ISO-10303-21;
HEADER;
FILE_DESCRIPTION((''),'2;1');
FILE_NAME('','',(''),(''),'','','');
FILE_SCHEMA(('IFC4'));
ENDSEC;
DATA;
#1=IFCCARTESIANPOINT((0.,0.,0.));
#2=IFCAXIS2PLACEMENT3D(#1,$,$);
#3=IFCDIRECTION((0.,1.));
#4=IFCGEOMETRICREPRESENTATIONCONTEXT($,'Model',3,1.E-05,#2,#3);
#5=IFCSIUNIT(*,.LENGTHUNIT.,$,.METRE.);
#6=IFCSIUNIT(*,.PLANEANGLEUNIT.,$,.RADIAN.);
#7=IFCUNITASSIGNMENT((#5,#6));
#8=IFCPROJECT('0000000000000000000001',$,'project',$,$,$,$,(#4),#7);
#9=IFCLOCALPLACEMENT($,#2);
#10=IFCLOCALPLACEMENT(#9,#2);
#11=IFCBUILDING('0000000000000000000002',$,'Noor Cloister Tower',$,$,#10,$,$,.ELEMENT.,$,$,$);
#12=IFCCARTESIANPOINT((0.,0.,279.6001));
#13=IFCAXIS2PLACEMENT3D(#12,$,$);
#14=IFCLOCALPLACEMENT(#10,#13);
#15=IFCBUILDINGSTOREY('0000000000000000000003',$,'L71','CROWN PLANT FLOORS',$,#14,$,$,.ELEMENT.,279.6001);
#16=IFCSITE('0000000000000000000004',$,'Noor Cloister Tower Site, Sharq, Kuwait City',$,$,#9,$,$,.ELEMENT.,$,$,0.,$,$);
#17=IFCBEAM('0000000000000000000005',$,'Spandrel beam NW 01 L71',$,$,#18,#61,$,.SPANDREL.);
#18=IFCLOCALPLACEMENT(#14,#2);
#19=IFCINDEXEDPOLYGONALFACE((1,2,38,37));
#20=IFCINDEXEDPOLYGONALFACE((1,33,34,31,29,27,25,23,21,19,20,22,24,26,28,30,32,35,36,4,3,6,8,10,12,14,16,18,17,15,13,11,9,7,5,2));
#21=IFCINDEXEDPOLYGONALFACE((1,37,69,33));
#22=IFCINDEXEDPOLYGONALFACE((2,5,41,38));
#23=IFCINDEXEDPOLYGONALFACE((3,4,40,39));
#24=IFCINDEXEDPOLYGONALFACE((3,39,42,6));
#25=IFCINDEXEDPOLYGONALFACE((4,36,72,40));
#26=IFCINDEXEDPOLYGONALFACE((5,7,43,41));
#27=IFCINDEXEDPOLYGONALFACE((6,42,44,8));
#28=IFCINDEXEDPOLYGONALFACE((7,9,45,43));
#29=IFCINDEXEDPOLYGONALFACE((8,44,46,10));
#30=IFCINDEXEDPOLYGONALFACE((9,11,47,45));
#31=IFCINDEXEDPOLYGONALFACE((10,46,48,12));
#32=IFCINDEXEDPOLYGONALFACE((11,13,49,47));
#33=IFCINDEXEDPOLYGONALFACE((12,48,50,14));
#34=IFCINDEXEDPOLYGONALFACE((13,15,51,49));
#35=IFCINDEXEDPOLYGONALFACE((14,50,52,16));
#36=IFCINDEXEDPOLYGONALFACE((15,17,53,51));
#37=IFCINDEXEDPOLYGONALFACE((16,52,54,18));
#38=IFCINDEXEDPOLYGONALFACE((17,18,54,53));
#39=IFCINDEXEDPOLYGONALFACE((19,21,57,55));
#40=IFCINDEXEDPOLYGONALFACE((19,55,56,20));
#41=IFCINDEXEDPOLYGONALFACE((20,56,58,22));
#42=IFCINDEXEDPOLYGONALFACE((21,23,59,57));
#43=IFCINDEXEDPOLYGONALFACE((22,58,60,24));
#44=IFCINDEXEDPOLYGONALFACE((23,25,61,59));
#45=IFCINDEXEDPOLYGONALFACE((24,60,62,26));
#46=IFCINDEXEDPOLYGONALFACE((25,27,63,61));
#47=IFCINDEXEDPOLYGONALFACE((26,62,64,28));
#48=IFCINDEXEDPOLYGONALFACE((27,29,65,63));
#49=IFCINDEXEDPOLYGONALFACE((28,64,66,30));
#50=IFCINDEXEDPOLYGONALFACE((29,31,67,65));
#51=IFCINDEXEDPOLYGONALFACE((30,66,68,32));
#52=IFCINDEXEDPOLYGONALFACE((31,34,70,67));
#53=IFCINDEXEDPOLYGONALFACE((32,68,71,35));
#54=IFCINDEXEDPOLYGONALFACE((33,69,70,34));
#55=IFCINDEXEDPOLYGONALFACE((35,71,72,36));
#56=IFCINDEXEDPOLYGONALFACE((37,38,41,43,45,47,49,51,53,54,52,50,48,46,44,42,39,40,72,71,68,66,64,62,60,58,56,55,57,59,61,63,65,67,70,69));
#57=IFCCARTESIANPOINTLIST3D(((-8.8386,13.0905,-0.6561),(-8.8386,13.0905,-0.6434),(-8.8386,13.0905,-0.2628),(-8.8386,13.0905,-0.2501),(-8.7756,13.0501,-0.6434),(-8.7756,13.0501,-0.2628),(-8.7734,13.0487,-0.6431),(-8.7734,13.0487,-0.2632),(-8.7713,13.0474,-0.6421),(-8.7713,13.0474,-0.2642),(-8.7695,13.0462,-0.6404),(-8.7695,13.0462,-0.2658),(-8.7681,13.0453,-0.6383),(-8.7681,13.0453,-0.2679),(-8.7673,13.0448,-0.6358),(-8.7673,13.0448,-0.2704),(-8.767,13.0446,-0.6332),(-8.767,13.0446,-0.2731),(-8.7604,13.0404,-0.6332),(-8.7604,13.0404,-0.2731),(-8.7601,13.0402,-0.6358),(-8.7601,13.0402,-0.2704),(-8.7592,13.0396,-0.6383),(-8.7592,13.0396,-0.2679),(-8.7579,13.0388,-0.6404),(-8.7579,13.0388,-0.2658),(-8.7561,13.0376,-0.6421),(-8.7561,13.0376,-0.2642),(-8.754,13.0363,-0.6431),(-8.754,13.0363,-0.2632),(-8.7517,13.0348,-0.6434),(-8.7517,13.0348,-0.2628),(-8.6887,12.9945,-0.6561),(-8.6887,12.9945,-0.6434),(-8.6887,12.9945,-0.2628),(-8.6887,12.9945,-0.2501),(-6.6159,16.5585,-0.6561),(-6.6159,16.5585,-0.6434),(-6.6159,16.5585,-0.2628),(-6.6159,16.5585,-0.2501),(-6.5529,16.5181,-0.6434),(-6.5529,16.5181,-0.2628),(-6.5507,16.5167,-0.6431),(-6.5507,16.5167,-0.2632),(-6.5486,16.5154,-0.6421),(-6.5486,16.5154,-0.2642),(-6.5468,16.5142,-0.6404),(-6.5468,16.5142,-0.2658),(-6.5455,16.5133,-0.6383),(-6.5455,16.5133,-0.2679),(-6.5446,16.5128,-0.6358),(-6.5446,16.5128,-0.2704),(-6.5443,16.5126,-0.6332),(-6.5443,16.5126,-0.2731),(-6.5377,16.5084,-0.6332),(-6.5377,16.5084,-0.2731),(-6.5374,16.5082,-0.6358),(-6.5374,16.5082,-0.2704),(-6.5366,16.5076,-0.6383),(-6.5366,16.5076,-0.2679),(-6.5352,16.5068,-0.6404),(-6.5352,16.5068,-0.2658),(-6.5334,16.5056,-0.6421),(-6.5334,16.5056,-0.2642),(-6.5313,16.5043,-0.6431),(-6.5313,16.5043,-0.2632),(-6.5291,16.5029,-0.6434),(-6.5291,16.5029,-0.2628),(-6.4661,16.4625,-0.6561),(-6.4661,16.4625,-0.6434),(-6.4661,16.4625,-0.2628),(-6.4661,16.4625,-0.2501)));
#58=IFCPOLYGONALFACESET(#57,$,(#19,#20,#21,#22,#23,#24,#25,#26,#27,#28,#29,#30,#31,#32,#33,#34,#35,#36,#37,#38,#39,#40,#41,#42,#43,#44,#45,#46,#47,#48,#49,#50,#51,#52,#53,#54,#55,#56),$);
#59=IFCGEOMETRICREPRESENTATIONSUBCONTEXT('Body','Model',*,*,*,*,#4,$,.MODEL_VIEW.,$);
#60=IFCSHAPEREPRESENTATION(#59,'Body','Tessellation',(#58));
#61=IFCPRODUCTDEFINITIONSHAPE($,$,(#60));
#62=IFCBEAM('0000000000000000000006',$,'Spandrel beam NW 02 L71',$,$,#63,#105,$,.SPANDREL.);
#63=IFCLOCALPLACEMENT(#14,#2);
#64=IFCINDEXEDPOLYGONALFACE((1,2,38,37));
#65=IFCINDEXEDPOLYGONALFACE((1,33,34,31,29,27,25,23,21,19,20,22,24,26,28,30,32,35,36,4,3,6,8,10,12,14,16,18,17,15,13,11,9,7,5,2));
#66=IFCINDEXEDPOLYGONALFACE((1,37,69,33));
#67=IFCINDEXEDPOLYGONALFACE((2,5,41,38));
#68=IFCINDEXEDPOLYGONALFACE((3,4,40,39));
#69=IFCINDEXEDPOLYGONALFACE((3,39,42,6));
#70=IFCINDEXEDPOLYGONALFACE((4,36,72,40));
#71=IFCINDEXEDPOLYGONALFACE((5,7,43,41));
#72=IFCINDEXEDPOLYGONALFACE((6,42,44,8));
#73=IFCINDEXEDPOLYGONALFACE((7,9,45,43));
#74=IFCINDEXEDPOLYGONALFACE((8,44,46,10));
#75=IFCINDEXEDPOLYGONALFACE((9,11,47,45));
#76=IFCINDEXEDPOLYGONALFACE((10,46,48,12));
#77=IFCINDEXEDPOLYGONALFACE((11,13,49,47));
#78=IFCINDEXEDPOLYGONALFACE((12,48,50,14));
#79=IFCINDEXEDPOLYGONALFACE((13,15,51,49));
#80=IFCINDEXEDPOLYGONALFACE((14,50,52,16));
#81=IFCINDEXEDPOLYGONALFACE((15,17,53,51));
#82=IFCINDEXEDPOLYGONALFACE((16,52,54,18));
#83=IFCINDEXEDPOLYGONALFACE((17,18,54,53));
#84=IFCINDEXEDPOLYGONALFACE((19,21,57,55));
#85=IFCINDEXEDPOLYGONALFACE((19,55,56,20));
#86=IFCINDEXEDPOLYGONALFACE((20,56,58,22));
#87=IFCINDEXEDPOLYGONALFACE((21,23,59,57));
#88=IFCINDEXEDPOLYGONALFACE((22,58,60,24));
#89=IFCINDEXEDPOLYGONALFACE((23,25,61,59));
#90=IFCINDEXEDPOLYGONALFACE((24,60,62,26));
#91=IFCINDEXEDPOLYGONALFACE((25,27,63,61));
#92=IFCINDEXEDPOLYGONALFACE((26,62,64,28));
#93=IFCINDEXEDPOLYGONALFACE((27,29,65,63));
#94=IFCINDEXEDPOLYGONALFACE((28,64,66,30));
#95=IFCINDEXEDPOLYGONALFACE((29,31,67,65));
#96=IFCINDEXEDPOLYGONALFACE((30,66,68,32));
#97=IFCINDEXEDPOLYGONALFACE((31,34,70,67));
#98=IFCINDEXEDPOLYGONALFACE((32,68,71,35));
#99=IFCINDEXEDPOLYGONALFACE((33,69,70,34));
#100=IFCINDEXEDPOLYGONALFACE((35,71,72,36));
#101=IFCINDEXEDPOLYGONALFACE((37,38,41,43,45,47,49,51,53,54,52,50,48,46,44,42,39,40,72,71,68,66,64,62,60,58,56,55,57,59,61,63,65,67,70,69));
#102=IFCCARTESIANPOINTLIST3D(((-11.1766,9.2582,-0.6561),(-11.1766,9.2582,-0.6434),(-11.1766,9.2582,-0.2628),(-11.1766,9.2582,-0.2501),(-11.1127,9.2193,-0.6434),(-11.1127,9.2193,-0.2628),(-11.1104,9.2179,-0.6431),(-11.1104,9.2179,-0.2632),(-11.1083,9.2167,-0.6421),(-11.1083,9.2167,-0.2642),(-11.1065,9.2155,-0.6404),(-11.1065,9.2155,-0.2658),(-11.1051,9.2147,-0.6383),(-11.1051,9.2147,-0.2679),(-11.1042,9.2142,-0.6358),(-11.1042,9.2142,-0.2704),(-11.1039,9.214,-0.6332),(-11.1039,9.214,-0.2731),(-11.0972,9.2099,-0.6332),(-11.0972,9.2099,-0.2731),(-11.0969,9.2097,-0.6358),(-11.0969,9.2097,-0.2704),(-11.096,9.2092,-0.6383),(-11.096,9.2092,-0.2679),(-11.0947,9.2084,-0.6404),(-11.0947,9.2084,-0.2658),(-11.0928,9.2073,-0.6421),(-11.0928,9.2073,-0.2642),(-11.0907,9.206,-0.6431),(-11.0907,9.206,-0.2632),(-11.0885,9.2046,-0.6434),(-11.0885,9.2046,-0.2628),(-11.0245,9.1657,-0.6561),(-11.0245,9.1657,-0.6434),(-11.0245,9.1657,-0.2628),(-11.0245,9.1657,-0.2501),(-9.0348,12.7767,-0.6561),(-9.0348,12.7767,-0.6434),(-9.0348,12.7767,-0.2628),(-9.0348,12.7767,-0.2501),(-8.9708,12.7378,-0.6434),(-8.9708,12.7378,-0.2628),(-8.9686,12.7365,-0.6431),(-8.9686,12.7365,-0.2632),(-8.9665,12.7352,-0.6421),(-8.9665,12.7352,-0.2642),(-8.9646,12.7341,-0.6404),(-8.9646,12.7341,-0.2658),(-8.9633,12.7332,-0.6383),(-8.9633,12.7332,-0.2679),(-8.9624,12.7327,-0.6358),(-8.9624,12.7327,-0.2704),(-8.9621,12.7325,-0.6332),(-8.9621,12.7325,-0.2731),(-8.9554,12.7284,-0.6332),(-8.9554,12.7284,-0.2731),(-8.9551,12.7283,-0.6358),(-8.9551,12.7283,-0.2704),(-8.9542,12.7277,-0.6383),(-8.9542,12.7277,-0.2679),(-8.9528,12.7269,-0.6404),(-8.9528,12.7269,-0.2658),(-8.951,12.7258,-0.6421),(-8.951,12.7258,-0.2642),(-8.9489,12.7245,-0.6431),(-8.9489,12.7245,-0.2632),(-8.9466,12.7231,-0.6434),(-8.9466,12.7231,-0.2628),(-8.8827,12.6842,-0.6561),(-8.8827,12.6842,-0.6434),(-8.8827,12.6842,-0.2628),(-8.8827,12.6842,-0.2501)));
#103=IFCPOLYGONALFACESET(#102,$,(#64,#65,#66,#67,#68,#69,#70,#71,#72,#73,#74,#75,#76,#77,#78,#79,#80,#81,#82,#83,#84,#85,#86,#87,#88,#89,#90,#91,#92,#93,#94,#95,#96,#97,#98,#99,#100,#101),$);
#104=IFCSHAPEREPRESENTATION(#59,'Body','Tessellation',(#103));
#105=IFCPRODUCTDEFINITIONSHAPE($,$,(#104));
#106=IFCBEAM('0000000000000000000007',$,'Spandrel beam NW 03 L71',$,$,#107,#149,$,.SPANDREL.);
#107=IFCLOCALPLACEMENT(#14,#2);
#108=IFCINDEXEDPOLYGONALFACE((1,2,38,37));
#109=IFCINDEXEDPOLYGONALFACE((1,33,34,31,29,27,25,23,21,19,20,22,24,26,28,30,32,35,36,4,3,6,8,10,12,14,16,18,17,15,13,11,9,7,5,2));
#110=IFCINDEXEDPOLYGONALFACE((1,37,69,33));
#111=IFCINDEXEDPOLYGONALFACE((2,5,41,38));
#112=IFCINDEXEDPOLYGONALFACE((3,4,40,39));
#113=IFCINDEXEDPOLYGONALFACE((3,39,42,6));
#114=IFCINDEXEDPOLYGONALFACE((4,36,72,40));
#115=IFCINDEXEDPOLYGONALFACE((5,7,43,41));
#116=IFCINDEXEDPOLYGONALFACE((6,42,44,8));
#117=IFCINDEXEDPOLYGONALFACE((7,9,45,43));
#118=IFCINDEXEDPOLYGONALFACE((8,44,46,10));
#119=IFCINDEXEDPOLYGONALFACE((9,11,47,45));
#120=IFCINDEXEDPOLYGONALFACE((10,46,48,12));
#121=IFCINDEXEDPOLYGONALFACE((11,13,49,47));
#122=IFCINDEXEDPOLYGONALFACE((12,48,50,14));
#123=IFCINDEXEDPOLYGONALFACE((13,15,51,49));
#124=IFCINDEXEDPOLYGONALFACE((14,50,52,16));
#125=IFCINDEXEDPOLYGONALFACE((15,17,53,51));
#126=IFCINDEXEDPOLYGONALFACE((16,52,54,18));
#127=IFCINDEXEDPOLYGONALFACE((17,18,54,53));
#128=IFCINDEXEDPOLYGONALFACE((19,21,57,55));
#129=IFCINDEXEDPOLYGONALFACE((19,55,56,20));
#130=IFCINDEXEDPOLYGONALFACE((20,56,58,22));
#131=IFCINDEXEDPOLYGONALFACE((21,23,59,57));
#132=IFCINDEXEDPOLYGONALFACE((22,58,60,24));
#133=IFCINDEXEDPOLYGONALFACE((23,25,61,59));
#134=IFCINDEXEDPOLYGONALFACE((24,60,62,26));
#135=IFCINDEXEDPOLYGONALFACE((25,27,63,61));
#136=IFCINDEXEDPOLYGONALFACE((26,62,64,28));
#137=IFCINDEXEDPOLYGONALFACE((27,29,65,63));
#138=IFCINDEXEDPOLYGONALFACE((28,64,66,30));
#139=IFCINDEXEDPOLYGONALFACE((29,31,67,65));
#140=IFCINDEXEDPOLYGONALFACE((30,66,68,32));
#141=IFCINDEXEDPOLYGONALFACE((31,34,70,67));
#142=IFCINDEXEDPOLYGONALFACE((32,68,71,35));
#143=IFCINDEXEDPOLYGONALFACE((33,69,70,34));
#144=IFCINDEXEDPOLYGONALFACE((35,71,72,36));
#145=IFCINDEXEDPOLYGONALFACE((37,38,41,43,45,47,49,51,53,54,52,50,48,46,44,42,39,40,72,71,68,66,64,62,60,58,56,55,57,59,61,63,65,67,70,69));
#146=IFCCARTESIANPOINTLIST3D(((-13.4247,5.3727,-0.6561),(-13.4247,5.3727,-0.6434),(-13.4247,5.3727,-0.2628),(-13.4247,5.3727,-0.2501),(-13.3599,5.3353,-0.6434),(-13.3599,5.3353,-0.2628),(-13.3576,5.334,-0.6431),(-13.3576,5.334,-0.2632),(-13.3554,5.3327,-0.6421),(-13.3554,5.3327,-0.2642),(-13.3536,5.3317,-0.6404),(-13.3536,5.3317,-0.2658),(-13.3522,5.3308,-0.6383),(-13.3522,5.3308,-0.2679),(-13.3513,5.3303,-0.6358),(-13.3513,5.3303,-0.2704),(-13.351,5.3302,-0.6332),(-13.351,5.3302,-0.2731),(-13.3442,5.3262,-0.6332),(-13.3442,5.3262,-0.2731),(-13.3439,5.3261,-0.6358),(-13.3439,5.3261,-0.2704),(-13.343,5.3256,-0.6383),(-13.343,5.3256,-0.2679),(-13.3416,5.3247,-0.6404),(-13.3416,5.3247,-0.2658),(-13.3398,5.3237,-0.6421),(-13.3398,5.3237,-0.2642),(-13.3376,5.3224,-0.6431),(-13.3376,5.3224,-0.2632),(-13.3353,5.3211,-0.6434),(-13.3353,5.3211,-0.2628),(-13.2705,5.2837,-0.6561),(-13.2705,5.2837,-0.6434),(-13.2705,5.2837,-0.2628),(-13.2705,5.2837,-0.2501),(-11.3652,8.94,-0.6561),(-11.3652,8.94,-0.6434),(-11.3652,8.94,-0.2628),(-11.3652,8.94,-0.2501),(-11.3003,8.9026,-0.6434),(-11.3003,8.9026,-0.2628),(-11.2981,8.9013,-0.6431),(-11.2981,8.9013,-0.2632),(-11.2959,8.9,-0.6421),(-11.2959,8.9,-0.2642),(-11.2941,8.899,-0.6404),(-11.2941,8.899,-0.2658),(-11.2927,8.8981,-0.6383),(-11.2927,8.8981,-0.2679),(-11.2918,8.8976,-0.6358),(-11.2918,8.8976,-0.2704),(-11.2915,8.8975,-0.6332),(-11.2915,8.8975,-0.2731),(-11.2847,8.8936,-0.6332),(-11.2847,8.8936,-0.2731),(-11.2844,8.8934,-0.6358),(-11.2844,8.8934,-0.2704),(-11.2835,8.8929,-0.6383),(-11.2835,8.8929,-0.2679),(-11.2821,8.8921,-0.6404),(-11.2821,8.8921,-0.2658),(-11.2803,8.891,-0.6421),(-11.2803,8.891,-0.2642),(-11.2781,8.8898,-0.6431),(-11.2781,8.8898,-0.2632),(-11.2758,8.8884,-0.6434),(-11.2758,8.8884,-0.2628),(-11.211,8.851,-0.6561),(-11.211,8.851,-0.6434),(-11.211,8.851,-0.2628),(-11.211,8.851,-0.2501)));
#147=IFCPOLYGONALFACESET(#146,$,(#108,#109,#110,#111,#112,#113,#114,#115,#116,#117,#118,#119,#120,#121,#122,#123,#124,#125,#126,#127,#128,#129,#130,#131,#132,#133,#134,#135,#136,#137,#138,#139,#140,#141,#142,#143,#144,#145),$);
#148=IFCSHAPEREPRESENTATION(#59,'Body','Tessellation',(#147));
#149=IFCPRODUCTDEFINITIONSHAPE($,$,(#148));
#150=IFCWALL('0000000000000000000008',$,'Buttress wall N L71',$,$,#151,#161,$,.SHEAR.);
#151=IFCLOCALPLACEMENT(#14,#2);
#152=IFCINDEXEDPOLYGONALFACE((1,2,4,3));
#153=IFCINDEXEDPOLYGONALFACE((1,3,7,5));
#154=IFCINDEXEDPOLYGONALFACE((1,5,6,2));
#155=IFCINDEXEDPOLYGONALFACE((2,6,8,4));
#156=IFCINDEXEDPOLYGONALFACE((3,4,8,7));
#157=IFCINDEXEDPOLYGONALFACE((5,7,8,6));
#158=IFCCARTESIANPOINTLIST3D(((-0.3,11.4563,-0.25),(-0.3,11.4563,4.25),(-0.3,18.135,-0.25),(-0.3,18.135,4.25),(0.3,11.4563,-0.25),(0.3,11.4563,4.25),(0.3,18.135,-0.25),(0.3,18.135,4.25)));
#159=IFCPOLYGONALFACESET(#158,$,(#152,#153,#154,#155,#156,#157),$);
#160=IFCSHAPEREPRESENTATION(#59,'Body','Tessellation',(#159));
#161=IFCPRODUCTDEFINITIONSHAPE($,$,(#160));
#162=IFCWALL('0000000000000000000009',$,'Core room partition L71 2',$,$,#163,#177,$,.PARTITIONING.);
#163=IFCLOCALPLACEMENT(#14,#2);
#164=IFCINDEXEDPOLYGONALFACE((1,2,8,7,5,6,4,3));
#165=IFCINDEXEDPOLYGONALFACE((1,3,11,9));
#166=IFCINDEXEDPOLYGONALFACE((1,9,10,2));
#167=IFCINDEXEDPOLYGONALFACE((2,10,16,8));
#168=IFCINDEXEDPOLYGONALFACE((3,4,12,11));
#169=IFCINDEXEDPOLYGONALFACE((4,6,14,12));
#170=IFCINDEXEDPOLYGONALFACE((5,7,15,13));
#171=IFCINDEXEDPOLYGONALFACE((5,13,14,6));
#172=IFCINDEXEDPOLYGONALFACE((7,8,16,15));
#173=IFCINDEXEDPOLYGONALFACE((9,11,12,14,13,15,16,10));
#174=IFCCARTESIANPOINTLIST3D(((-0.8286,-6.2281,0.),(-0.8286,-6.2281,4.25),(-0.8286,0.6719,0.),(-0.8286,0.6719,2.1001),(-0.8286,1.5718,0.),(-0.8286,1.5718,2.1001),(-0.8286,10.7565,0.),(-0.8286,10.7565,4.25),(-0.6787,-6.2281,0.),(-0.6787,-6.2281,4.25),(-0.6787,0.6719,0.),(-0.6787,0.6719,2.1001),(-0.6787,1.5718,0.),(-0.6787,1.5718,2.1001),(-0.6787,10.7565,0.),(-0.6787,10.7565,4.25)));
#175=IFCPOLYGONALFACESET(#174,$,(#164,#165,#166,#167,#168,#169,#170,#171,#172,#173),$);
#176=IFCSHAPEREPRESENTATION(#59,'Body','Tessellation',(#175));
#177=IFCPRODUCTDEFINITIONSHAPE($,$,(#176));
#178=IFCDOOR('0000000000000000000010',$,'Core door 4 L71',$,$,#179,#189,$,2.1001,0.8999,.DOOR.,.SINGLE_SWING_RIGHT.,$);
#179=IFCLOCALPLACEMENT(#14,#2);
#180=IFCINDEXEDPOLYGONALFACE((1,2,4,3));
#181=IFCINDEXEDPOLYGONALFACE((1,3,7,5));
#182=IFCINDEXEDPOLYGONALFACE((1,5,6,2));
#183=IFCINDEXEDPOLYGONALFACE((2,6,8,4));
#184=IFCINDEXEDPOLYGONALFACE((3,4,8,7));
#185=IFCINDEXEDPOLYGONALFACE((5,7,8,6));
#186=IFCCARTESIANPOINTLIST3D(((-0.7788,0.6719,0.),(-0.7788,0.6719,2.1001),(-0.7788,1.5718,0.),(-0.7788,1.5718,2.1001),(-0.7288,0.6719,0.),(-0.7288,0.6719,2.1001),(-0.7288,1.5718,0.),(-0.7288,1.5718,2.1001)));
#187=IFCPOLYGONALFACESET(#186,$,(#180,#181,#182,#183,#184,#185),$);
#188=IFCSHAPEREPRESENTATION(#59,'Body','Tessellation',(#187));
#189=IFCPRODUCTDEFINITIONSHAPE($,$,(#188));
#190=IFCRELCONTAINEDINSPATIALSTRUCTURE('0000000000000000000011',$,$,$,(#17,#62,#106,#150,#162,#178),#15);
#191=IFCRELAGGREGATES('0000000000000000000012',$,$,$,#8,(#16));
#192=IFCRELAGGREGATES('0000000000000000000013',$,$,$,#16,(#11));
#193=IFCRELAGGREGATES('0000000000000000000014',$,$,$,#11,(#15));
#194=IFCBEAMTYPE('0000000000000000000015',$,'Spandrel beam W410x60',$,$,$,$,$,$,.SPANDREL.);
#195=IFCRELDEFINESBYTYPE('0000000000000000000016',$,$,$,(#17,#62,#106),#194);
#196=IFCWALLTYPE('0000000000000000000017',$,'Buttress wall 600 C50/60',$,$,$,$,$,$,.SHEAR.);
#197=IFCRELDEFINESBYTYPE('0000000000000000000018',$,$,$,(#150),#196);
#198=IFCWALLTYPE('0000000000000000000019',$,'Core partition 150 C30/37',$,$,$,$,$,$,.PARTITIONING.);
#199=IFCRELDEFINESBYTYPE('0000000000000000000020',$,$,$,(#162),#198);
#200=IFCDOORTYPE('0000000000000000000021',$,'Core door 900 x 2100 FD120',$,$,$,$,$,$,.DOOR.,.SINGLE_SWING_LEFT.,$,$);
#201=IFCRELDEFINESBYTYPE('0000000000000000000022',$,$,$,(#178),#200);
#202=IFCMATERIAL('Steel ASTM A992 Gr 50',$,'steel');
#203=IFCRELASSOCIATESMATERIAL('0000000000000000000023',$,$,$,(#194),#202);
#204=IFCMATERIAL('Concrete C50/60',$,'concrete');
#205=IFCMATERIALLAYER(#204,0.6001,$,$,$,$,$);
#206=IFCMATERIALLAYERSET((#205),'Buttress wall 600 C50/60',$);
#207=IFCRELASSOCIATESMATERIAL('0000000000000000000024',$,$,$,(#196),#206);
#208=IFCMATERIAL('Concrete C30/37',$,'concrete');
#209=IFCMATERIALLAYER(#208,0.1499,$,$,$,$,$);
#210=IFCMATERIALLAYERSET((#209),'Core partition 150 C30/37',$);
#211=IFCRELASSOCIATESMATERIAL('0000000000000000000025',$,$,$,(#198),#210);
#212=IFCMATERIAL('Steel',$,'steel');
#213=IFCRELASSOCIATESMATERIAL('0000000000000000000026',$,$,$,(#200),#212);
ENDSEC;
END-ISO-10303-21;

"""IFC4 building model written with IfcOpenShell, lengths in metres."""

from ifc_helpers import new_model, si_unit, direction, frame, frame_2d, origin, origin_2d, place, context, subcontext, project, spatial, rectangle, i_section, extrude, material, layer, layer_set, material_profile, profile_set, type_object, element, fill, save


model = new_model("IFC4")

# Units and contexts
model_context = context("Model", 3, precision=1e-05, world=origin(), true_north=direction((0.0, 1.0)))
body_context = subcontext(model_context, "Body", "Model", "MODEL_VIEW")
ifc_project = project(units=[si_unit("LENGTHUNIT", "METRE"), si_unit("PLANEANGLEUNIT", "RADIAN")], contexts=[model_context])

# Site, building, storey
site_placement = place(None, origin())
site = spatial("IfcSite", under=ifc_project, at=site_placement, Name="Noor Cloister Tower Site, Sharq, Kuwait City", CompositionType="ELEMENT", RefElevation=0.0)
building_placement = place(site_placement, origin())
building = spatial("IfcBuilding", under=site, at=building_placement, Name="Noor Cloister Tower", CompositionType="ELEMENT")
storey_placement = place(building_placement, frame((0.0, 0.0, 279.6001)))
storey = spatial("IfcBuildingStorey", under=building, at=storey_placement, Name="L71", Description="CROWN PLANT FLOORS", CompositionType="ELEMENT", Elevation=279.6001)

# Beams
ifc_material_1 = material(Name="Steel ASTM A992 Gr 50", Category="steel")
ifc_material_profile_1 = material_profile(ifc_material_1, i_section(OverallWidth=0.178, OverallDepth=0.406, WebThickness=0.0078, FlangeThickness=0.0127, FilletRadius=0.0103, at=origin_2d()), Name="W410x60")
ifc_profile_set_1 = profile_set([ifc_material_profile_1], Name="Steel ASTM A992 Gr 50")
beam_type_1 = type_object("IfcBeamType", Name="Spandrel beam W410x60", PredefinedType="SPANDREL", material=ifc_profile_set_1)
for number, where, z_axis, x_axis, name in (
    (1, (-6.541, 16.5105, -0.4531), (-0.539592, -0.841927, 0.0), (0.841927, -0.539592, 0.0), "Spandrel beam NW 01 L71"),
    (2, (-8.9587, 12.7305, -0.4531), (-0.519968, -0.854186, 0.0), (0.854186, -0.519968, 0.0), "Spandrel beam NW 02 L71"),
    (3, (-11.2881, 8.8955, -0.4531), (-0.499989, -0.866032, 0.0), (0.866032, -0.499989, 0.0), "Spandrel beam NW 03 L71"),
):
    element("IfcBeam", number, at=place(storey_placement, frame(where, z_axis=z_axis, x_axis=x_axis)), inside=storey, type_object=beam_type_1, Name=name, PredefinedType="SPANDREL", context=body_context, shape_type="SweptSolid", body=[
        extrude(i_section(OverallWidth=0.178, OverallDepth=0.406, WebThickness=0.0078, FlangeThickness=0.0127, FilletRadius=0.0103, at=origin_2d()), origin(), (0.0, 0.0, 1.0), 4.1191),
    ])

# Wall
ifc_material_2 = material(Name="Concrete C50/60", Category="concrete")
ifc_layer_1 = layer(ifc_material_2, 0.6001)
ifc_layer_set_1 = layer_set([ifc_layer_1], Name="Buttress wall 600 C50/60")
wall_type_1 = type_object("IfcWallType", Name="Buttress wall 600 C50/60", PredefinedType="SHEAR", material=ifc_layer_set_1)
wall_1_placement = place(storey_placement, frame((0.0, 11.4563, -0.25), z_axis=(0.0, 0.0, 1.0), x_axis=(0.0, 1.0, 0.0)))
element("IfcWall", 4, at=wall_1_placement, inside=storey, type_object=wall_type_1, Name="Buttress wall N L71", PredefinedType="SHEAR", context=body_context, shape_type="SweptSolid", body=[
    extrude(rectangle(XDim=6.6787, YDim=0.6001, at=frame_2d((3.3394, 0.0))), origin(), (0.0, 0.0, 1.0), 4.5),
])

# Wall, opening, door
ifc_material_3 = material(Name="Concrete C30/37", Category="concrete")
ifc_layer_2 = layer(ifc_material_3, 0.1499)
ifc_layer_set_2 = layer_set([ifc_layer_2], Name="Core partition 150 C30/37")
wall_type_2 = type_object("IfcWallType", Name="Core partition 150 C30/37", PredefinedType="PARTITIONING", material=ifc_layer_set_2)
wall_2_placement = place(storey_placement, frame((-0.7537, 10.7563, 0.0), z_axis=(0.0, 0.0, 1.0), x_axis=(0.0, -1.0, 0.0)))
wall_2 = element("IfcWall", 5, at=wall_2_placement, inside=storey, type_object=wall_type_2, Name="Core room partition L71 2", PredefinedType="PARTITIONING", context=body_context, shape_type="SweptSolid", body=[
    extrude(rectangle(XDim=16.9846, YDim=0.1499, at=frame_2d((8.4922, 0.0))), origin(), (0.0, 0.0, 1.0), 4.25),
])
opening_1_placement = place(wall_2_placement, frame((9.1846, 0.0, 0.0)))
opening_1 = element("IfcOpeningElement", 6, at=opening_1_placement, cuts=wall_2, PredefinedType="OPENING", context=body_context, shape_type="SweptSolid", body=[
    extrude(rectangle(XDim=0.8999, YDim=2.1001, at=frame_2d((0.45, 1.05))), frame((0.0, 0.085, 0.0), z_axis=(0.0, -1.0, 0.0), x_axis=(1.0, 0.0, 0.0)), (0.0, 0.0, 1.0), 0.1699),
])
ifc_material_4 = material(Name="Steel", Category="steel")
door_type_1 = type_object("IfcDoorType", Name="Core door 900 x 2100 FD120", OperationType="SINGLE_SWING_LEFT", PredefinedType="DOOR", material=ifc_material_4)
door_1_placement = place(opening_1_placement, origin())
door_1 = element("IfcDoor", 7, at=door_1_placement, inside=storey, type_object=door_type_1, Name="Core door 4 L71", OperationType="SINGLE_SWING_RIGHT", OverallHeight=2.1001, OverallWidth=0.8999, PredefinedType="DOOR", context=body_context, shape_type="SweptSolid", body=[
    extrude(rectangle(XDim=0.8999, YDim=2.1001, at=frame_2d((0.45, 1.05))), frame((0.0, 0.0249, 0.0), z_axis=(0.0, -1.0, 0.0), x_axis=(1.0, 0.0, 0.0)), (0.0, 0.0, 1.0), 0.05),
])
fill(opening_1, door_1)

save(model, "model.ifc")
